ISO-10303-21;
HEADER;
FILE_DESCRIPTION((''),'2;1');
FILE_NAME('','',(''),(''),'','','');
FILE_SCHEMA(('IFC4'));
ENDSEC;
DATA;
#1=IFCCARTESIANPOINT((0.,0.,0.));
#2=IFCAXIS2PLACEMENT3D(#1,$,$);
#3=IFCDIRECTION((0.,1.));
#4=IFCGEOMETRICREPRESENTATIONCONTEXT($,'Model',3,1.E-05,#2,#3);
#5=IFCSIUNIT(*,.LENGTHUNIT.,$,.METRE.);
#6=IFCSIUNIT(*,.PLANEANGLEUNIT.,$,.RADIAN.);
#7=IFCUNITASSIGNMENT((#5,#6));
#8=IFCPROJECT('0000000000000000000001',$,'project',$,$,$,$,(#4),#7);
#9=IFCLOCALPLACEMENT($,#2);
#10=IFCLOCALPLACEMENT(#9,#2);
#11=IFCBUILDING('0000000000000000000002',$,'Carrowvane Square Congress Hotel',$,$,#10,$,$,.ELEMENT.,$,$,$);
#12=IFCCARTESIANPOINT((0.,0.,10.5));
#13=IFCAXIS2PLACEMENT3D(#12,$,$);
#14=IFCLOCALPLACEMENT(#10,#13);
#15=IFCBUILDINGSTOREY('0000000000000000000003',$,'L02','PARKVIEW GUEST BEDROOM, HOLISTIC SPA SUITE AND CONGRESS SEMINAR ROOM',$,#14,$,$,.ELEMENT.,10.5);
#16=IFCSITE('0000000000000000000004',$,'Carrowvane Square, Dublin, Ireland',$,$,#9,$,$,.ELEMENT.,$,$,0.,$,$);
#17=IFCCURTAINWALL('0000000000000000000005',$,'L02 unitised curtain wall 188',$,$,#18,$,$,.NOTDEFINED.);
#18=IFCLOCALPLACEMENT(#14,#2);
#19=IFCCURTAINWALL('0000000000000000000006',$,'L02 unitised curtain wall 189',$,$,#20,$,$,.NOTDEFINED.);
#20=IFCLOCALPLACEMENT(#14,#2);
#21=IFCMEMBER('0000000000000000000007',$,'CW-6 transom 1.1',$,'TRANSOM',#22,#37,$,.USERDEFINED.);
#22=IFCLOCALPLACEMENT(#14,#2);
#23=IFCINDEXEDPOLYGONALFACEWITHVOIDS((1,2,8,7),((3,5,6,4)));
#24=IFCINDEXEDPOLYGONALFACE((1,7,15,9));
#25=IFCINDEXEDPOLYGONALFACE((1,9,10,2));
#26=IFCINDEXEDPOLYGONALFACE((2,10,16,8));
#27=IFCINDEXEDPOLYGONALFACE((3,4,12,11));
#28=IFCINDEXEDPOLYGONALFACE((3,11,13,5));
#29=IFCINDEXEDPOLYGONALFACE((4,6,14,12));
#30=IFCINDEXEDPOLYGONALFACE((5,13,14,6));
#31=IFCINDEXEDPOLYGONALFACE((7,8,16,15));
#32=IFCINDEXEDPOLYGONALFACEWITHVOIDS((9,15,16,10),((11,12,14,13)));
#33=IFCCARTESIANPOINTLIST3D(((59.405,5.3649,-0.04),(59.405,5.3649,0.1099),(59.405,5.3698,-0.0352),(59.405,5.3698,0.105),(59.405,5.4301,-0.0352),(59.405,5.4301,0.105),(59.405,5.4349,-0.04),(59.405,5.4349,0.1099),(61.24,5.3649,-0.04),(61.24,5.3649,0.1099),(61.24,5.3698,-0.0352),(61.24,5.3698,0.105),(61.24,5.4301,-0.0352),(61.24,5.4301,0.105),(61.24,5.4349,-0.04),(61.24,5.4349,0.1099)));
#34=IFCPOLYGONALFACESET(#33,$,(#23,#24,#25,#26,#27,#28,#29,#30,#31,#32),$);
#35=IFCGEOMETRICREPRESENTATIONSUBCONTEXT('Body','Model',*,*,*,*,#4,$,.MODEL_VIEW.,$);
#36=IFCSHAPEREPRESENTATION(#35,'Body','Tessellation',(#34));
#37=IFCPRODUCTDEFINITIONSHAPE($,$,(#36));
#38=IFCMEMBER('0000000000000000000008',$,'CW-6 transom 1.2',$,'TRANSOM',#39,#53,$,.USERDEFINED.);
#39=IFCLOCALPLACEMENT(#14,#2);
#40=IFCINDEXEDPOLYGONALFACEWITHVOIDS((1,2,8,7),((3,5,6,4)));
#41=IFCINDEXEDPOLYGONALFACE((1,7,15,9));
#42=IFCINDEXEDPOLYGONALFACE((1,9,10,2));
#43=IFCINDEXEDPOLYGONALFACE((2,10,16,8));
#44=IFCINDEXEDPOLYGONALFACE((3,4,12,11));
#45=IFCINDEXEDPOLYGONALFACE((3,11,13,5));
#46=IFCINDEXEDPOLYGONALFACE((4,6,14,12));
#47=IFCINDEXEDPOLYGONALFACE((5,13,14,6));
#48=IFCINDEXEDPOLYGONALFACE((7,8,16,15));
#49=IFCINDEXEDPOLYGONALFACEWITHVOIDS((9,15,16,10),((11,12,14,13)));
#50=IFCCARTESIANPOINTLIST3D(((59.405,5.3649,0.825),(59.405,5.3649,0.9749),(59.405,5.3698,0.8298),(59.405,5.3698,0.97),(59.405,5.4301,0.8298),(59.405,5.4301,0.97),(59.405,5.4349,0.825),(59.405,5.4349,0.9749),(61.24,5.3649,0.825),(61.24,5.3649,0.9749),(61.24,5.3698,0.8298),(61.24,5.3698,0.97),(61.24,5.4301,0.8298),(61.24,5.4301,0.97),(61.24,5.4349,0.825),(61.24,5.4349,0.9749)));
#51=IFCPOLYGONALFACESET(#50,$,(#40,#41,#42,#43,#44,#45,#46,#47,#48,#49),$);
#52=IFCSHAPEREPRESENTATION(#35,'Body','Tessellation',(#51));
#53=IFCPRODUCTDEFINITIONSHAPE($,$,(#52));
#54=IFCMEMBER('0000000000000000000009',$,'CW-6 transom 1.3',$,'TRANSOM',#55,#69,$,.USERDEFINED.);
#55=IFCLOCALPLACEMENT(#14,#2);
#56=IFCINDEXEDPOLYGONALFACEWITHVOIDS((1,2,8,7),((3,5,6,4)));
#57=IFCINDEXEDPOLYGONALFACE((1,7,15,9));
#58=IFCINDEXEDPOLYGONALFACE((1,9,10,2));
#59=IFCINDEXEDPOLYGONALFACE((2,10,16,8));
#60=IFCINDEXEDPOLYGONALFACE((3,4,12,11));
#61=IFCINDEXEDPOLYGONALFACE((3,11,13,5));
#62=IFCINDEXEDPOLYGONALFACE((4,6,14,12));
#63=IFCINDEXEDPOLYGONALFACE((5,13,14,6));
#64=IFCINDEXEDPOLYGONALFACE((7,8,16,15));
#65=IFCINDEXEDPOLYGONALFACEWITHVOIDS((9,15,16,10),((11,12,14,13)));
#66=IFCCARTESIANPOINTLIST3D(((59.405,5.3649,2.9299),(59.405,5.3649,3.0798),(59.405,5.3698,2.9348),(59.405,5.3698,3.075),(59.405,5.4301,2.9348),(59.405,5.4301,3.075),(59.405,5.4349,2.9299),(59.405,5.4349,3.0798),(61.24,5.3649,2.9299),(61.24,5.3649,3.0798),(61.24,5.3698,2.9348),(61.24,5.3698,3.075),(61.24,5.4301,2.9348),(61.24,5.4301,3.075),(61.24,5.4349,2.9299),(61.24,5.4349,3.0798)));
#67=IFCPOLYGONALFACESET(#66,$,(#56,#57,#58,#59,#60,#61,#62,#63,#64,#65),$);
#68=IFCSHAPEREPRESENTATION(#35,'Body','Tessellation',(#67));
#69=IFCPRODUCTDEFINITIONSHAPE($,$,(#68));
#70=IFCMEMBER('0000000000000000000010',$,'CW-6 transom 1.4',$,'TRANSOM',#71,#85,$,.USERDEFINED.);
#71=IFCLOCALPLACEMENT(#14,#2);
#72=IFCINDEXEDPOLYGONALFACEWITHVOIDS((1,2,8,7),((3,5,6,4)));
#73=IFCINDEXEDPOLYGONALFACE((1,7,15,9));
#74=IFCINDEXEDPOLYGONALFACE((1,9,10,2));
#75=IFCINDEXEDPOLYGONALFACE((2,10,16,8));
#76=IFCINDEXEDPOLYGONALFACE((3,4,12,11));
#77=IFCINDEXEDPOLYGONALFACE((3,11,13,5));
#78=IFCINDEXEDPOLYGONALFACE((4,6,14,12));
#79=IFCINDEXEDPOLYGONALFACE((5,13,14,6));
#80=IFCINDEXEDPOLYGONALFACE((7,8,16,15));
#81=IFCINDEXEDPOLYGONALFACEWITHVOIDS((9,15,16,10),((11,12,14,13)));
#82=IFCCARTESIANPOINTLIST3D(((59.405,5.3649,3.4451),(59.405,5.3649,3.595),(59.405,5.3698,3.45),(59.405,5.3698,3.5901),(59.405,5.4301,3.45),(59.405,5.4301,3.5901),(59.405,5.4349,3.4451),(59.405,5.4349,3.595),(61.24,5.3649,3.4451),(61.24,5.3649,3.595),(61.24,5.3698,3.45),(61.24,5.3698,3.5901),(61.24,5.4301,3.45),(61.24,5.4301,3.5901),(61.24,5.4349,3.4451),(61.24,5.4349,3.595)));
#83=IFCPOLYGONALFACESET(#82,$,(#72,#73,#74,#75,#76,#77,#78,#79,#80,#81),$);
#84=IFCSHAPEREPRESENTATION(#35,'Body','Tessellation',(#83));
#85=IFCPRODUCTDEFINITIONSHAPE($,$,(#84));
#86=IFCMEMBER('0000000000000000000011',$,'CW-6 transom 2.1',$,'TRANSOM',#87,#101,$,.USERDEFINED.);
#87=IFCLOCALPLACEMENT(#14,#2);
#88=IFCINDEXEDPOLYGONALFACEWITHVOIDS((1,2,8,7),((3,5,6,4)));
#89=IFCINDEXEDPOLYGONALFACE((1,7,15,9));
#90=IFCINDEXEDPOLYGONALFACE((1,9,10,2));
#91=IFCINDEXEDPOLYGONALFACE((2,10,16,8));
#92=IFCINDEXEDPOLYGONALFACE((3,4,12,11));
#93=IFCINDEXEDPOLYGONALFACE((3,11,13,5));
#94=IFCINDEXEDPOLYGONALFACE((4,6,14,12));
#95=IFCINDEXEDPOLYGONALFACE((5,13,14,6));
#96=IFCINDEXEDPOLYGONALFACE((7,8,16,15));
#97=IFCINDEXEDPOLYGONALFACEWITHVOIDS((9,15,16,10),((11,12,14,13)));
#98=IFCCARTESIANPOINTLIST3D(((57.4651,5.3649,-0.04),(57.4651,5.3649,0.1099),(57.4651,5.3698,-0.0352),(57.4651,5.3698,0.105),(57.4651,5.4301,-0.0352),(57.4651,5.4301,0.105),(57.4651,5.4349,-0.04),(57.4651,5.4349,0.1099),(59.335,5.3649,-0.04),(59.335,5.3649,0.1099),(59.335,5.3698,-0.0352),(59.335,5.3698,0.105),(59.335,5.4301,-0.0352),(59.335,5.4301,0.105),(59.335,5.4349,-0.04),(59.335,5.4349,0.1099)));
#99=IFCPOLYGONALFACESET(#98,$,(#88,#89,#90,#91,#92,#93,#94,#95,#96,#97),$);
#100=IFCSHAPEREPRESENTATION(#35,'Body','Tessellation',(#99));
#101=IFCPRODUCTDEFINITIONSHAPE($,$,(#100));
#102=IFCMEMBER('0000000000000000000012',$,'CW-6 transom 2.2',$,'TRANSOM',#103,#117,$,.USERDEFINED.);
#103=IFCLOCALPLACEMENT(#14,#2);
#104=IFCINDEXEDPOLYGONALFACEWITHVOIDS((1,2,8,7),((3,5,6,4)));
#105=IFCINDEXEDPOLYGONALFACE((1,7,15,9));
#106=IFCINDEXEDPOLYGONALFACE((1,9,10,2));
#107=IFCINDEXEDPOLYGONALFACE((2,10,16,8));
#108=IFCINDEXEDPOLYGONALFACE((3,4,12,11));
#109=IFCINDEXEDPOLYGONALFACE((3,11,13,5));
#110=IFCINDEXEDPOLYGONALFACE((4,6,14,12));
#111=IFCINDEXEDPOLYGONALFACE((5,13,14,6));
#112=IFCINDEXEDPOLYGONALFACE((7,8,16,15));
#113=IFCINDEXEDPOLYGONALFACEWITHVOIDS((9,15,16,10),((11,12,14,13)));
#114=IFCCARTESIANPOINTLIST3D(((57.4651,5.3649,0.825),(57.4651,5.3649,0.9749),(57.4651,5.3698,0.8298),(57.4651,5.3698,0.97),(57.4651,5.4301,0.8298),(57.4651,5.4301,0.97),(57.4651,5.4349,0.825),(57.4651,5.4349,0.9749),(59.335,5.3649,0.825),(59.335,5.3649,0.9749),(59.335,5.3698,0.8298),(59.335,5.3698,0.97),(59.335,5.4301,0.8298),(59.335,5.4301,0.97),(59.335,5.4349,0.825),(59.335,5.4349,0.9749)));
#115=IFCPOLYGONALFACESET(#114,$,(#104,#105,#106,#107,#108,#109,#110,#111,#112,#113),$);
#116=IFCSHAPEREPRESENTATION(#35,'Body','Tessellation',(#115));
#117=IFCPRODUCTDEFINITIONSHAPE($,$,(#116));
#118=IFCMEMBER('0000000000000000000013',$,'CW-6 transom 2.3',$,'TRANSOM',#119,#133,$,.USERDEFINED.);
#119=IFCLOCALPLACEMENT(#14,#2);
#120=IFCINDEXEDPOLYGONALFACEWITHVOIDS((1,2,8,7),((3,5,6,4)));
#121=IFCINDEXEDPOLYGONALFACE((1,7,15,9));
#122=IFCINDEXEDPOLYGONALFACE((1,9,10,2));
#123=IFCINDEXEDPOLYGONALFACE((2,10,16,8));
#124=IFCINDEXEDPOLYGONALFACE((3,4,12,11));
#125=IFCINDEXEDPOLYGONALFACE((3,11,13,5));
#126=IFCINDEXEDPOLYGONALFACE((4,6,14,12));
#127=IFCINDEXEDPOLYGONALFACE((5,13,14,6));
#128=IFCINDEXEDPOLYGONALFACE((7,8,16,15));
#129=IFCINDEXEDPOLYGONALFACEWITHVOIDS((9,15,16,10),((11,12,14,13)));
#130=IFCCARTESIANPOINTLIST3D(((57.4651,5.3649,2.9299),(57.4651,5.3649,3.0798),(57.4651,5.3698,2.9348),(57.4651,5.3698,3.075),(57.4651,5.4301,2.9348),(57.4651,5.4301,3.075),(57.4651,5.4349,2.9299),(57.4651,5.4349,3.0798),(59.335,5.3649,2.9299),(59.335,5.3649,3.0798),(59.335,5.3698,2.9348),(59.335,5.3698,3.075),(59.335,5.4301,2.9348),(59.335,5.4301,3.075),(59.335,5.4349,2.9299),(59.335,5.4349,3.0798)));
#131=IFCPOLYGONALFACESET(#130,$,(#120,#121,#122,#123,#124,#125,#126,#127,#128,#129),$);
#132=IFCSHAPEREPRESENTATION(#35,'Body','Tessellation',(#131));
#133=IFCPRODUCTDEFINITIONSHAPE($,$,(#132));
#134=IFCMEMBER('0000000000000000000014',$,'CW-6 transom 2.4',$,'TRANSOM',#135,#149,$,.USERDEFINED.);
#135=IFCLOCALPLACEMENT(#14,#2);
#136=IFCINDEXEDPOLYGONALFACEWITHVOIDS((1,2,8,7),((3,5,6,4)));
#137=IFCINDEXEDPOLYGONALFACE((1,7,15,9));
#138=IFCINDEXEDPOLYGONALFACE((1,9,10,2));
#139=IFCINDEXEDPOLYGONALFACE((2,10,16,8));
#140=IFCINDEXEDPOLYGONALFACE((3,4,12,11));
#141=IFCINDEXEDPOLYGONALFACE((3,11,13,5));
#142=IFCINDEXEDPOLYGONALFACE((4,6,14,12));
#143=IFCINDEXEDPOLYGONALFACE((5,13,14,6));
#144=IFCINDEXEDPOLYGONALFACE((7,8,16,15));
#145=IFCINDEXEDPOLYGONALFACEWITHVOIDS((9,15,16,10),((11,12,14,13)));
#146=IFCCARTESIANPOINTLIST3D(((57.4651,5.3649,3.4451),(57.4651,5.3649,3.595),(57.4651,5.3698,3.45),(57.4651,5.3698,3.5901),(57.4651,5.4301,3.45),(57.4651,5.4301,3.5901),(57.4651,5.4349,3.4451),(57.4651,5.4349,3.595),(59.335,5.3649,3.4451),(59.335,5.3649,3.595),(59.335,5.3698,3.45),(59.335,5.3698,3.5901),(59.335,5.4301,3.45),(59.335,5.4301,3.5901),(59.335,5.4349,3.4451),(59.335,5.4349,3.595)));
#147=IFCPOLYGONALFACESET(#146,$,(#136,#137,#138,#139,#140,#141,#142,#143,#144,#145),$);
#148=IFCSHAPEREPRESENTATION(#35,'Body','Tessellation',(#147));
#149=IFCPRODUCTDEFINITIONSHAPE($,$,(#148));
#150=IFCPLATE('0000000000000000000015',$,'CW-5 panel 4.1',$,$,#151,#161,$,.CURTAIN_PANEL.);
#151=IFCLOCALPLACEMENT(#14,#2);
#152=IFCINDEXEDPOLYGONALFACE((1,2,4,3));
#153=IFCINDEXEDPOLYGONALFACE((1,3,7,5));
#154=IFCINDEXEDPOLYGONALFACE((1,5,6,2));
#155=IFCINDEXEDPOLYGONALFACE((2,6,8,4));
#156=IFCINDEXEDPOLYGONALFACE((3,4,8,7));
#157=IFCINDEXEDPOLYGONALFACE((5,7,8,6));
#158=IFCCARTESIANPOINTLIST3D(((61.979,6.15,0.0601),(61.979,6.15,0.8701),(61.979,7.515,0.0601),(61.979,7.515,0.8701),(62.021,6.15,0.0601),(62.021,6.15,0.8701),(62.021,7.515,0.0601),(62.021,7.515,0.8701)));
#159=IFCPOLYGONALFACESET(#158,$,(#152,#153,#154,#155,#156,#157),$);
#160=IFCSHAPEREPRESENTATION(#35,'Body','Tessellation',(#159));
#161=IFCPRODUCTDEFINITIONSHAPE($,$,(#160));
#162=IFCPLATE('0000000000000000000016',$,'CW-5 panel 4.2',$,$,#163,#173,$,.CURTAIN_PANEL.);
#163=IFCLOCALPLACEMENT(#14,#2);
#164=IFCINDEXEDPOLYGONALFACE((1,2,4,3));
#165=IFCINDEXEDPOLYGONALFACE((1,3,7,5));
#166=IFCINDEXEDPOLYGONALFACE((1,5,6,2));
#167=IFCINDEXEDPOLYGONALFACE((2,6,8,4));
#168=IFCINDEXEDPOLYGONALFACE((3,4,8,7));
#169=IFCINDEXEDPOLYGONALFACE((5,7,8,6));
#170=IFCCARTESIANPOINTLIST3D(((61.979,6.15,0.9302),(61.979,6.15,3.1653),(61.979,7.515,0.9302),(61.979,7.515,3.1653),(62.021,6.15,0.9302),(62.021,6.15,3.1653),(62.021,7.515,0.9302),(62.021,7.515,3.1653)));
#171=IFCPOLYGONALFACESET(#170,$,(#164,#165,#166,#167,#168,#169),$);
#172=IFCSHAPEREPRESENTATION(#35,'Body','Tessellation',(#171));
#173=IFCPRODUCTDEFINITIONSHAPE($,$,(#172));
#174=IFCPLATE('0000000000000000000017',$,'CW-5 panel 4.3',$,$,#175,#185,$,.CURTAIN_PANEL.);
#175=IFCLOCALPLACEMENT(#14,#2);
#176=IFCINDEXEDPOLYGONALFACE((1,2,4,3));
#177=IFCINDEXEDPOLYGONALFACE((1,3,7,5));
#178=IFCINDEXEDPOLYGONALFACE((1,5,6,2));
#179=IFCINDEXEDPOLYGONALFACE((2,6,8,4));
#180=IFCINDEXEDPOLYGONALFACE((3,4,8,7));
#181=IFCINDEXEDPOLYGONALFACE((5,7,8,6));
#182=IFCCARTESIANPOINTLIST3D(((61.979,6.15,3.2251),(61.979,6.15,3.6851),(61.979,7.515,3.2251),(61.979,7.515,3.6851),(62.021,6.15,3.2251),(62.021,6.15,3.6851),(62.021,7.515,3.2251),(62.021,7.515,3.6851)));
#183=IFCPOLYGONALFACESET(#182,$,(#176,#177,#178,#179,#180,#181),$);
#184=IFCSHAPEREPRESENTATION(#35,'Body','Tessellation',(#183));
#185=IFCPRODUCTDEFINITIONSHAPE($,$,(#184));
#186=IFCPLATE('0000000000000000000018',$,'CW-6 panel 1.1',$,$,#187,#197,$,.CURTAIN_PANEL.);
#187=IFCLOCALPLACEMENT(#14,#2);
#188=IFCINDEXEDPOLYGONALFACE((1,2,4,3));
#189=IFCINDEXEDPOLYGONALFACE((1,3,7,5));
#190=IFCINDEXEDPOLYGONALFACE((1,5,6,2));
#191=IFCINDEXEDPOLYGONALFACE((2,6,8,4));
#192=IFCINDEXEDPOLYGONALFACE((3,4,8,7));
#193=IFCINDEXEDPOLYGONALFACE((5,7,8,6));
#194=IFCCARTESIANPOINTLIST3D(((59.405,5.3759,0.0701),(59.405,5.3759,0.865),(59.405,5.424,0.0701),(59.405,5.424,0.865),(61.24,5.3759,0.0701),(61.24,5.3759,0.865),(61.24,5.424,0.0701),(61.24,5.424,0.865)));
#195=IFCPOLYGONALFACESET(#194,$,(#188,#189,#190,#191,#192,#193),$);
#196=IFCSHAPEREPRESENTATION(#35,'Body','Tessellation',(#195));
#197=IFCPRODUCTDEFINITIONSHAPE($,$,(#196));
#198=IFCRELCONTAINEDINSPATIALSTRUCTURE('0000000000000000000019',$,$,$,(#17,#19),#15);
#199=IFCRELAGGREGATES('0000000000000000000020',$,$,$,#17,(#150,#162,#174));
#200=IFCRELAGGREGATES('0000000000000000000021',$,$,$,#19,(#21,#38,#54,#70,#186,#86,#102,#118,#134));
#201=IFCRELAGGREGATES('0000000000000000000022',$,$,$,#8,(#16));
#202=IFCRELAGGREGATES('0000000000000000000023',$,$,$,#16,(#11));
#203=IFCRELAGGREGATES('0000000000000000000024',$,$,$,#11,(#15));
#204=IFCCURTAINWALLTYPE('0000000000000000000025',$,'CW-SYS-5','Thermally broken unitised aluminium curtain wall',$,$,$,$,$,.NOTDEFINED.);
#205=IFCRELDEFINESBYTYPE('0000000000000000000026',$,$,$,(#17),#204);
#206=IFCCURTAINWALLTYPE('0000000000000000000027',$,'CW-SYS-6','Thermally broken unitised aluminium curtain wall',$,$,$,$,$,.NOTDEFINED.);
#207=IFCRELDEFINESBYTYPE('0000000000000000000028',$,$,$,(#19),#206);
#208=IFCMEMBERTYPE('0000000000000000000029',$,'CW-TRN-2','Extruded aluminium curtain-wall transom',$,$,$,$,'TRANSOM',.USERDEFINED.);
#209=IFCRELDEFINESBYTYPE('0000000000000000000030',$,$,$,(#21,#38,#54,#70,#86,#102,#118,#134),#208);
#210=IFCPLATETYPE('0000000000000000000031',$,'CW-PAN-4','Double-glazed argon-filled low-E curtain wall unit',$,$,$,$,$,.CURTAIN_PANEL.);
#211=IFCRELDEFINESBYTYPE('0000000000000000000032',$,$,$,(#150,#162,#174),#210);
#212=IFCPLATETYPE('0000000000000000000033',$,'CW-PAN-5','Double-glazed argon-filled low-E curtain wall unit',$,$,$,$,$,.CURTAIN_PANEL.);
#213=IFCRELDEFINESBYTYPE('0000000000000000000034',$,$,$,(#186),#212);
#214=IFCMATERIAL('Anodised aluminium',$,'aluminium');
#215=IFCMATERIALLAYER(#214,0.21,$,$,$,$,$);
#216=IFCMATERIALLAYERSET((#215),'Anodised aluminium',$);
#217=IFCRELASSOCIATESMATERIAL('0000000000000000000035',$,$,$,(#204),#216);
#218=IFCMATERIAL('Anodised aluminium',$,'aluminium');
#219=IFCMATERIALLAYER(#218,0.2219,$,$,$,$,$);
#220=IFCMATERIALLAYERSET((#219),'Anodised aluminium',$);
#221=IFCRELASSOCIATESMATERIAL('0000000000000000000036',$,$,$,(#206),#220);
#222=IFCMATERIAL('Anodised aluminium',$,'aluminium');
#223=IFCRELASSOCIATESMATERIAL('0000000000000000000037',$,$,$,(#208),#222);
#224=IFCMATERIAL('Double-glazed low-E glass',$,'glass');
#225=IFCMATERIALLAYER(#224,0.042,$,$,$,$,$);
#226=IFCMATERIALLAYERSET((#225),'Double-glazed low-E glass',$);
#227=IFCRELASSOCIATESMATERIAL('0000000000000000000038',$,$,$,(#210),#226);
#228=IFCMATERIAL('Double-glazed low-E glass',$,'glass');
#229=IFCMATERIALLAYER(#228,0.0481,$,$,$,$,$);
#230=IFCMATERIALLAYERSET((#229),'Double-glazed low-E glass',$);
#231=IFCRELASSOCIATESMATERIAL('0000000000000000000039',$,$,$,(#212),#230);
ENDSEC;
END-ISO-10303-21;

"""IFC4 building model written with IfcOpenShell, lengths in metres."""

from ifc_helpers import new_model, si_unit, direction, frame, origin, origin_2d, place, context, subcontext, project, spatial, rectangle, hollow_rectangle, extrude, material, layer, layer_set, material_profile, profile_set, type_object, element, aggregate, save


model = new_model("IFC4")

# Units and contexts
model_context = context("Model", 3, precision=1e-05, world=origin(), true_north=direction((0.0, 1.0)))
body_context = subcontext(model_context, "Body", "Model", "MODEL_VIEW")
ifc_project = project(units=[si_unit("LENGTHUNIT", "METRE"), si_unit("PLANEANGLEUNIT", "RADIAN")], contexts=[model_context])

# Site, building, storey
site_placement = place(None, origin())
site = spatial("IfcSite", under=ifc_project, at=site_placement, Name="Carrowvane Square, Dublin, Ireland", CompositionType="ELEMENT", RefElevation=0.0)
building_placement = place(site_placement, origin())
building = spatial("IfcBuilding", under=site, at=building_placement, Name="Carrowvane Square Congress Hotel", CompositionType="ELEMENT")
storey_placement = place(building_placement, frame((0.0, 0.0, 10.5)))
storey = spatial("IfcBuildingStorey", under=building, at=storey_placement, Name="L02", Description="PARKVIEW GUEST BEDROOM, HOLISTIC SPA SUITE AND CONGRESS SEMINAR ROOM", CompositionType="ELEMENT", Elevation=10.5)

# Curtain wall
ifc_material_1 = material(Name="Anodised aluminium", Category="aluminium")
ifc_layer_1 = layer(ifc_material_1, 0.21)
ifc_layer_set_1 = layer_set([ifc_layer_1], Name="Anodised aluminium")
curtain_wall_type_1 = type_object("IfcCurtainWallType", Name="CW-SYS-5", Description="Thermally broken unitised aluminium curtain wall", PredefinedType="NOTDEFINED", material=ifc_layer_set_1)
curtain_wall_1_placement = place(storey_placement, origin())
curtain_wall_1 = element("IfcCurtainWall", 1, at=curtain_wall_1_placement, inside=storey, type_object=curtain_wall_type_1, Name="L02 unitised curtain wall 188", PredefinedType="NOTDEFINED")

# Curtain wall
ifc_material_2 = material(Name="Anodised aluminium", Category="aluminium")
ifc_layer_2 = layer(ifc_material_2, 0.2219)
ifc_layer_set_2 = layer_set([ifc_layer_2], Name="Anodised aluminium")
curtain_wall_type_2 = type_object("IfcCurtainWallType", Name="CW-SYS-6", Description="Thermally broken unitised aluminium curtain wall", PredefinedType="NOTDEFINED", material=ifc_layer_set_2)
curtain_wall_2_placement = place(storey_placement, origin())
curtain_wall_2 = element("IfcCurtainWall", 2, at=curtain_wall_2_placement, inside=storey, type_object=curtain_wall_type_2, Name="L02 unitised curtain wall 189", PredefinedType="NOTDEFINED")

# Members
ifc_material_3 = material(Name="Anodised aluminium", Category="aluminium")
ifc_material_profile_1 = material_profile(ifc_material_3, hollow_rectangle(XDim=0.0701, YDim=0.1499, WallThickness=0.0049, at=origin_2d()), Name="CW-TR 70x150x5")
ifc_profile_set_1 = profile_set([ifc_material_profile_1], Name="Anodised aluminium")
member_type_1 = type_object("IfcMemberType", Name="CW-TRN-2", Description="Extruded aluminium curtain-wall transom", ElementType="TRANSOM", PredefinedType="USERDEFINED", material=ifc_profile_set_1)
member_1_placement = place(storey_placement, frame((61.24, 5.3999, 0.0349), z_axis=(-1.0, 0.0, 0.0), x_axis=(0.0, -1.0, 0.0)))
member_1 = element("IfcMember", 3, at=member_1_placement, type_object=member_type_1, Name="CW-6 transom 1.1", ObjectType="TRANSOM", PredefinedType="USERDEFINED", context=body_context, shape_type="SweptSolid", body=[
    extrude(hollow_rectangle(XDim=0.0701, YDim=0.1499, WallThickness=0.0049, at=origin_2d()), origin(), (0.0, 0.0, 1.0), 1.835),
])
member_2_placement = place(storey_placement, frame((61.24, 5.3999, 0.8999), z_axis=(-1.0, 0.0, 0.0), x_axis=(0.0, -1.0, 0.0)))
member_2 = element("IfcMember", 4, at=member_2_placement, type_object=member_type_1, Name="CW-6 transom 1.2", ObjectType="TRANSOM", PredefinedType="USERDEFINED", context=body_context, shape_type="SweptSolid", body=[
    extrude(hollow_rectangle(XDim=0.0701, YDim=0.1499, WallThickness=0.0049, at=origin_2d()), origin(), (0.0, 0.0, 1.0), 1.835),
])
member_3_placement = place(storey_placement, frame((61.24, 5.3999, 3.0049), z_axis=(-1.0, 0.0, 0.0), x_axis=(0.0, -1.0, 0.0)))
member_3 = element("IfcMember", 5, at=member_3_placement, type_object=member_type_1, Name="CW-6 transom 1.3", ObjectType="TRANSOM", PredefinedType="USERDEFINED", context=body_context, shape_type="SweptSolid", body=[
    extrude(hollow_rectangle(XDim=0.0701, YDim=0.1499, WallThickness=0.0049, at=origin_2d()), origin(), (0.0, 0.0, 1.0), 1.835),
])
member_4_placement = place(storey_placement, frame((61.24, 5.3999, 3.52), z_axis=(-1.0, 0.0, 0.0), x_axis=(0.0, -1.0, 0.0)))
member_4 = element("IfcMember", 6, at=member_4_placement, type_object=member_type_1, Name="CW-6 transom 1.4", ObjectType="TRANSOM", PredefinedType="USERDEFINED", context=body_context, shape_type="SweptSolid", body=[
    extrude(hollow_rectangle(XDim=0.0701, YDim=0.1499, WallThickness=0.0049, at=origin_2d()), origin(), (0.0, 0.0, 1.0), 1.835),
])
member_5_placement = place(storey_placement, frame((59.335, 5.3999, 0.0349), z_axis=(-1.0, 0.0, 0.0), x_axis=(0.0, -1.0, 0.0)))
member_5 = element("IfcMember", 7, at=member_5_placement, type_object=member_type_1, Name="CW-6 transom 2.1", ObjectType="TRANSOM", PredefinedType="USERDEFINED", context=body_context, shape_type="SweptSolid", body=[
    extrude(hollow_rectangle(XDim=0.0701, YDim=0.1499, WallThickness=0.0049, at=origin_2d()), origin(), (0.0, 0.0, 1.0), 1.8699),
])
member_6_placement = place(storey_placement, frame((59.335, 5.3999, 0.8999), z_axis=(-1.0, 0.0, 0.0), x_axis=(0.0, -1.0, 0.0)))
member_6 = element("IfcMember", 8, at=member_6_placement, type_object=member_type_1, Name="CW-6 transom 2.2", ObjectType="TRANSOM", PredefinedType="USERDEFINED", context=body_context, shape_type="SweptSolid", body=[
    extrude(hollow_rectangle(XDim=0.0701, YDim=0.1499, WallThickness=0.0049, at=origin_2d()), origin(), (0.0, 0.0, 1.0), 1.8699),
])
member_7_placement = place(storey_placement, frame((59.335, 5.3999, 3.0049), z_axis=(-1.0, 0.0, 0.0), x_axis=(0.0, -1.0, 0.0)))
member_7 = element("IfcMember", 9, at=member_7_placement, type_object=member_type_1, Name="CW-6 transom 2.3", ObjectType="TRANSOM", PredefinedType="USERDEFINED", context=body_context, shape_type="SweptSolid", body=[
    extrude(hollow_rectangle(XDim=0.0701, YDim=0.1499, WallThickness=0.0049, at=origin_2d()), origin(), (0.0, 0.0, 1.0), 1.8699),
])
member_8_placement = place(storey_placement, frame((59.335, 5.3999, 3.52), z_axis=(-1.0, 0.0, 0.0), x_axis=(0.0, -1.0, 0.0)))
member_8 = element("IfcMember", 10, at=member_8_placement, type_object=member_type_1, Name="CW-6 transom 2.4", ObjectType="TRANSOM", PredefinedType="USERDEFINED", context=body_context, shape_type="SweptSolid", body=[
    extrude(hollow_rectangle(XDim=0.0701, YDim=0.1499, WallThickness=0.0049, at=origin_2d()), origin(), (0.0, 0.0, 1.0), 1.8699),
])

# Plates
ifc_material_4 = material(Name="Double-glazed low-E glass", Category="glass")
ifc_layer_3 = layer(ifc_material_4, 0.042)
ifc_layer_set_3 = layer_set([ifc_layer_3], Name="Double-glazed low-E glass")
plate_type_1 = type_object("IfcPlateType", Name="CW-PAN-4", Description="Double-glazed argon-filled low-E curtain wall unit", PredefinedType="CURTAIN_PANEL", material=ifc_layer_set_3)
plate_1_placement = place(storey_placement, frame((62.0, 6.8325, 0.0601), z_axis=(0.0, 0.0, 1.0), x_axis=(0.0, -1.0, 0.0)))
plate_1 = element("IfcPlate", 11, at=plate_1_placement, type_object=plate_type_1, Name="CW-5 panel 4.1", PredefinedType="CURTAIN_PANEL", context=body_context, shape_type="SweptSolid", body=[
    extrude(rectangle(XDim=1.365, YDim=0.042, at=origin_2d()), origin(), (0.0, 0.0, 1.0), 0.8101),
])
plate_2_placement = place(storey_placement, frame((62.0, 6.8325, 0.9302), z_axis=(0.0, 0.0, 1.0), x_axis=(0.0, -1.0, 0.0)))
plate_2 = element("IfcPlate", 12, at=plate_2_placement, type_object=plate_type_1, Name="CW-5 panel 4.2", PredefinedType="CURTAIN_PANEL", context=body_context, shape_type="SweptSolid", body=[
    extrude(rectangle(XDim=1.365, YDim=0.042, at=origin_2d()), origin(), (0.0, 0.0, 1.0), 2.2351),
])
plate_3_placement = place(storey_placement, frame((62.0, 6.8325, 3.2251), z_axis=(0.0, 0.0, 1.0), x_axis=(0.0, -1.0, 0.0)))
plate_3 = element("IfcPlate", 13, at=plate_3_placement, type_object=plate_type_1, Name="CW-5 panel 4.3", PredefinedType="CURTAIN_PANEL", context=body_context, shape_type="SweptSolid", body=[
    extrude(rectangle(XDim=1.365, YDim=0.042, at=origin_2d()), origin(), (0.0, 0.0, 1.0), 0.46),
])
aggregate(curtain_wall_1, [plate_1, plate_2, plate_3])
ifc_material_5 = material(Name="Double-glazed low-E glass", Category="glass")
ifc_layer_4 = layer(ifc_material_5, 0.0481)
ifc_layer_set_4 = layer_set([ifc_layer_4], Name="Double-glazed low-E glass")
plate_type_2 = type_object("IfcPlateType", Name="CW-PAN-5", Description="Double-glazed argon-filled low-E curtain wall unit", PredefinedType="CURTAIN_PANEL", material=ifc_layer_set_4)
plate_4_placement = place(storey_placement, frame((60.3225, 5.3999, 0.0701), z_axis=(0.0, 0.0, 1.0), x_axis=(-1.0, 0.0, 0.0)))
plate_4 = element("IfcPlate", 14, at=plate_4_placement, type_object=plate_type_2, Name="CW-6 panel 1.1", PredefinedType="CURTAIN_PANEL", context=body_context, shape_type="SweptSolid", body=[
    extrude(rectangle(XDim=1.835, YDim=0.0481, at=origin_2d()), origin(), (0.0, 0.0, 1.0), 0.7949),
])
aggregate(curtain_wall_2, [member_1, member_2, member_3, member_4, plate_4, member_5, member_6, member_7, member_8])

save(model, "model.ifc")
